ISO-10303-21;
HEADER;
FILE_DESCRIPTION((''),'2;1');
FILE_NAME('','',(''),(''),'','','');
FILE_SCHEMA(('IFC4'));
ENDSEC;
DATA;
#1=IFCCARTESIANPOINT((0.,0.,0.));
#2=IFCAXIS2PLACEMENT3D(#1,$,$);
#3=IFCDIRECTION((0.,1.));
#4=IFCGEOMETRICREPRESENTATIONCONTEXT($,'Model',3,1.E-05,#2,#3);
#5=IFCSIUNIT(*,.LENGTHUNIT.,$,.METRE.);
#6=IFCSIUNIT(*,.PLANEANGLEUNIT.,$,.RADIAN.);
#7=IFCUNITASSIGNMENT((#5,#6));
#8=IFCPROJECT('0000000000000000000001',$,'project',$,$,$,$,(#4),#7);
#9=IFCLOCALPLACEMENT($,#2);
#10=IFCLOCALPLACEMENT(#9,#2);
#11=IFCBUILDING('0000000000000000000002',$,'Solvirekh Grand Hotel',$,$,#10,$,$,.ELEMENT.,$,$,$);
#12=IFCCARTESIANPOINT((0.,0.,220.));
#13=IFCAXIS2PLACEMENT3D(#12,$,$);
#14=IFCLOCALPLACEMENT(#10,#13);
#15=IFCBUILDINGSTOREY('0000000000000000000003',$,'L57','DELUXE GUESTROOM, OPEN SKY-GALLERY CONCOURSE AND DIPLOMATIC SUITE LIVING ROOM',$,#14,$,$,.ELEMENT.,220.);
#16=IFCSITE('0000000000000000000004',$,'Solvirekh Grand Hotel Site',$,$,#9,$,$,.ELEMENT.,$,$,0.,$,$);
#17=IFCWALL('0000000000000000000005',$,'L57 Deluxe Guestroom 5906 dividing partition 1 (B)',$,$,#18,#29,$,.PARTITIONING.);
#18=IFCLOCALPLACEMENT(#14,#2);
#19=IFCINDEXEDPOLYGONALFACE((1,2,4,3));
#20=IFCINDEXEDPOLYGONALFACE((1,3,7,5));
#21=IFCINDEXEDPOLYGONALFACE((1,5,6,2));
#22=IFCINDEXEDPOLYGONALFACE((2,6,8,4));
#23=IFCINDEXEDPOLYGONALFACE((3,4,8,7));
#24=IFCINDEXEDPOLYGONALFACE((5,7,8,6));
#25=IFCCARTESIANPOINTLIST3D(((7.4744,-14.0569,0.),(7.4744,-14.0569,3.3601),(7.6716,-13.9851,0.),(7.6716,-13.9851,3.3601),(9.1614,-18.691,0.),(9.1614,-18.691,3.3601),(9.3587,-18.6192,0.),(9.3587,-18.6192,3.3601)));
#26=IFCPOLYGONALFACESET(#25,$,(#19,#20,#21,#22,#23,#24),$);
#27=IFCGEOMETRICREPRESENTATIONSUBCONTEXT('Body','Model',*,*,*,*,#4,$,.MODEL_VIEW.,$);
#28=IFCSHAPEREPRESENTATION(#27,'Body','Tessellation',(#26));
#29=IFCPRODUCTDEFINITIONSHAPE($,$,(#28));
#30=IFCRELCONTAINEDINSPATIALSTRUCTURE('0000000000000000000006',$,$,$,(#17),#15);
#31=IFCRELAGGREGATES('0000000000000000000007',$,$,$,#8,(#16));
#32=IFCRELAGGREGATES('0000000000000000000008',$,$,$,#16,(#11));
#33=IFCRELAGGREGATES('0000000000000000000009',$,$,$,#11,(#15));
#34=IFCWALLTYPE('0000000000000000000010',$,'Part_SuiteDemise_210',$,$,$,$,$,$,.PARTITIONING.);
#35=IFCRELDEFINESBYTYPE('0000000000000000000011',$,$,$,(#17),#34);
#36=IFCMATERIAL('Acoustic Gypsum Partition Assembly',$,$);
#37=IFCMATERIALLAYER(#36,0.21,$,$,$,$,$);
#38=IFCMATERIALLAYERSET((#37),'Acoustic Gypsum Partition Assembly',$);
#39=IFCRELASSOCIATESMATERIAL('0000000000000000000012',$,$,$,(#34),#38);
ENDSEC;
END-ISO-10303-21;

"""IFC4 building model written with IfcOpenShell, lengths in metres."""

from ifc_helpers import new_model, si_unit, direction, frame, frame_2d, origin, place, context, subcontext, project, spatial, rectangle, extrude, material, layer, layer_set, type_object, element, save


model = new_model("IFC4")

# Units and contexts
model_context = context("Model", 3, precision=1e-05, world=origin(), true_north=direction((0.0, 1.0)))
body_context = subcontext(model_context, "Body", "Model", "MODEL_VIEW")
ifc_project = project(units=[si_unit("LENGTHUNIT", "METRE"), si_unit("PLANEANGLEUNIT", "RADIAN")], contexts=[model_context])

# Site, building, storey
site_placement = place(None, origin())
site = spatial("IfcSite", under=ifc_project, at=site_placement, Name="Solvirekh Grand Hotel Site", CompositionType="ELEMENT", RefElevation=0.0)
building_placement = place(site_placement, origin())
building = spatial("IfcBuilding", under=site, at=building_placement, Name="Solvirekh Grand Hotel", CompositionType="ELEMENT")
storey_placement = place(building_placement, frame((0.0, 0.0, 220.0)))
storey = spatial("IfcBuildingStorey", under=building, at=storey_placement, Name="L57", Description="DELUXE GUESTROOM, OPEN SKY-GALLERY CONCOURSE AND DIPLOMATIC SUITE LIVING ROOM", CompositionType="ELEMENT", Elevation=220.0)

# Shared definitions
ifc_material_1 = material(Name="Acoustic Gypsum Partition Assembly")

# Wall
ifc_layer_1 = layer(ifc_material_1, 0.21)
ifc_layer_set_1 = layer_set([ifc_layer_1], Name="Acoustic Gypsum Partition Assembly")
wall_type_1 = type_object("IfcWallType", Name="Part_SuiteDemise_210", PredefinedType="PARTITIONING", material=ifc_layer_set_1)
wall_1_placement = place(storey_placement, frame((7.573, -14.021, 0.0), z_axis=(0.0, 0.0, 1.0), x_axis=(0.342085, -0.939669, 0.0)))
element("IfcWall", 1, at=wall_1_placement, inside=storey, type_object=wall_type_1, Name="L57 Deluxe Guestroom 5906 dividing partition 1 (B)", PredefinedType="PARTITIONING", context=body_context, shape_type="SweptSolid", body=[
    extrude(rectangle(XDim=4.9316, YDim=0.21, at=frame_2d((2.4658, 0.0))), origin(), (0.0, 0.0, 1.0), 3.3601),
])

save(model, "model.ifc")
